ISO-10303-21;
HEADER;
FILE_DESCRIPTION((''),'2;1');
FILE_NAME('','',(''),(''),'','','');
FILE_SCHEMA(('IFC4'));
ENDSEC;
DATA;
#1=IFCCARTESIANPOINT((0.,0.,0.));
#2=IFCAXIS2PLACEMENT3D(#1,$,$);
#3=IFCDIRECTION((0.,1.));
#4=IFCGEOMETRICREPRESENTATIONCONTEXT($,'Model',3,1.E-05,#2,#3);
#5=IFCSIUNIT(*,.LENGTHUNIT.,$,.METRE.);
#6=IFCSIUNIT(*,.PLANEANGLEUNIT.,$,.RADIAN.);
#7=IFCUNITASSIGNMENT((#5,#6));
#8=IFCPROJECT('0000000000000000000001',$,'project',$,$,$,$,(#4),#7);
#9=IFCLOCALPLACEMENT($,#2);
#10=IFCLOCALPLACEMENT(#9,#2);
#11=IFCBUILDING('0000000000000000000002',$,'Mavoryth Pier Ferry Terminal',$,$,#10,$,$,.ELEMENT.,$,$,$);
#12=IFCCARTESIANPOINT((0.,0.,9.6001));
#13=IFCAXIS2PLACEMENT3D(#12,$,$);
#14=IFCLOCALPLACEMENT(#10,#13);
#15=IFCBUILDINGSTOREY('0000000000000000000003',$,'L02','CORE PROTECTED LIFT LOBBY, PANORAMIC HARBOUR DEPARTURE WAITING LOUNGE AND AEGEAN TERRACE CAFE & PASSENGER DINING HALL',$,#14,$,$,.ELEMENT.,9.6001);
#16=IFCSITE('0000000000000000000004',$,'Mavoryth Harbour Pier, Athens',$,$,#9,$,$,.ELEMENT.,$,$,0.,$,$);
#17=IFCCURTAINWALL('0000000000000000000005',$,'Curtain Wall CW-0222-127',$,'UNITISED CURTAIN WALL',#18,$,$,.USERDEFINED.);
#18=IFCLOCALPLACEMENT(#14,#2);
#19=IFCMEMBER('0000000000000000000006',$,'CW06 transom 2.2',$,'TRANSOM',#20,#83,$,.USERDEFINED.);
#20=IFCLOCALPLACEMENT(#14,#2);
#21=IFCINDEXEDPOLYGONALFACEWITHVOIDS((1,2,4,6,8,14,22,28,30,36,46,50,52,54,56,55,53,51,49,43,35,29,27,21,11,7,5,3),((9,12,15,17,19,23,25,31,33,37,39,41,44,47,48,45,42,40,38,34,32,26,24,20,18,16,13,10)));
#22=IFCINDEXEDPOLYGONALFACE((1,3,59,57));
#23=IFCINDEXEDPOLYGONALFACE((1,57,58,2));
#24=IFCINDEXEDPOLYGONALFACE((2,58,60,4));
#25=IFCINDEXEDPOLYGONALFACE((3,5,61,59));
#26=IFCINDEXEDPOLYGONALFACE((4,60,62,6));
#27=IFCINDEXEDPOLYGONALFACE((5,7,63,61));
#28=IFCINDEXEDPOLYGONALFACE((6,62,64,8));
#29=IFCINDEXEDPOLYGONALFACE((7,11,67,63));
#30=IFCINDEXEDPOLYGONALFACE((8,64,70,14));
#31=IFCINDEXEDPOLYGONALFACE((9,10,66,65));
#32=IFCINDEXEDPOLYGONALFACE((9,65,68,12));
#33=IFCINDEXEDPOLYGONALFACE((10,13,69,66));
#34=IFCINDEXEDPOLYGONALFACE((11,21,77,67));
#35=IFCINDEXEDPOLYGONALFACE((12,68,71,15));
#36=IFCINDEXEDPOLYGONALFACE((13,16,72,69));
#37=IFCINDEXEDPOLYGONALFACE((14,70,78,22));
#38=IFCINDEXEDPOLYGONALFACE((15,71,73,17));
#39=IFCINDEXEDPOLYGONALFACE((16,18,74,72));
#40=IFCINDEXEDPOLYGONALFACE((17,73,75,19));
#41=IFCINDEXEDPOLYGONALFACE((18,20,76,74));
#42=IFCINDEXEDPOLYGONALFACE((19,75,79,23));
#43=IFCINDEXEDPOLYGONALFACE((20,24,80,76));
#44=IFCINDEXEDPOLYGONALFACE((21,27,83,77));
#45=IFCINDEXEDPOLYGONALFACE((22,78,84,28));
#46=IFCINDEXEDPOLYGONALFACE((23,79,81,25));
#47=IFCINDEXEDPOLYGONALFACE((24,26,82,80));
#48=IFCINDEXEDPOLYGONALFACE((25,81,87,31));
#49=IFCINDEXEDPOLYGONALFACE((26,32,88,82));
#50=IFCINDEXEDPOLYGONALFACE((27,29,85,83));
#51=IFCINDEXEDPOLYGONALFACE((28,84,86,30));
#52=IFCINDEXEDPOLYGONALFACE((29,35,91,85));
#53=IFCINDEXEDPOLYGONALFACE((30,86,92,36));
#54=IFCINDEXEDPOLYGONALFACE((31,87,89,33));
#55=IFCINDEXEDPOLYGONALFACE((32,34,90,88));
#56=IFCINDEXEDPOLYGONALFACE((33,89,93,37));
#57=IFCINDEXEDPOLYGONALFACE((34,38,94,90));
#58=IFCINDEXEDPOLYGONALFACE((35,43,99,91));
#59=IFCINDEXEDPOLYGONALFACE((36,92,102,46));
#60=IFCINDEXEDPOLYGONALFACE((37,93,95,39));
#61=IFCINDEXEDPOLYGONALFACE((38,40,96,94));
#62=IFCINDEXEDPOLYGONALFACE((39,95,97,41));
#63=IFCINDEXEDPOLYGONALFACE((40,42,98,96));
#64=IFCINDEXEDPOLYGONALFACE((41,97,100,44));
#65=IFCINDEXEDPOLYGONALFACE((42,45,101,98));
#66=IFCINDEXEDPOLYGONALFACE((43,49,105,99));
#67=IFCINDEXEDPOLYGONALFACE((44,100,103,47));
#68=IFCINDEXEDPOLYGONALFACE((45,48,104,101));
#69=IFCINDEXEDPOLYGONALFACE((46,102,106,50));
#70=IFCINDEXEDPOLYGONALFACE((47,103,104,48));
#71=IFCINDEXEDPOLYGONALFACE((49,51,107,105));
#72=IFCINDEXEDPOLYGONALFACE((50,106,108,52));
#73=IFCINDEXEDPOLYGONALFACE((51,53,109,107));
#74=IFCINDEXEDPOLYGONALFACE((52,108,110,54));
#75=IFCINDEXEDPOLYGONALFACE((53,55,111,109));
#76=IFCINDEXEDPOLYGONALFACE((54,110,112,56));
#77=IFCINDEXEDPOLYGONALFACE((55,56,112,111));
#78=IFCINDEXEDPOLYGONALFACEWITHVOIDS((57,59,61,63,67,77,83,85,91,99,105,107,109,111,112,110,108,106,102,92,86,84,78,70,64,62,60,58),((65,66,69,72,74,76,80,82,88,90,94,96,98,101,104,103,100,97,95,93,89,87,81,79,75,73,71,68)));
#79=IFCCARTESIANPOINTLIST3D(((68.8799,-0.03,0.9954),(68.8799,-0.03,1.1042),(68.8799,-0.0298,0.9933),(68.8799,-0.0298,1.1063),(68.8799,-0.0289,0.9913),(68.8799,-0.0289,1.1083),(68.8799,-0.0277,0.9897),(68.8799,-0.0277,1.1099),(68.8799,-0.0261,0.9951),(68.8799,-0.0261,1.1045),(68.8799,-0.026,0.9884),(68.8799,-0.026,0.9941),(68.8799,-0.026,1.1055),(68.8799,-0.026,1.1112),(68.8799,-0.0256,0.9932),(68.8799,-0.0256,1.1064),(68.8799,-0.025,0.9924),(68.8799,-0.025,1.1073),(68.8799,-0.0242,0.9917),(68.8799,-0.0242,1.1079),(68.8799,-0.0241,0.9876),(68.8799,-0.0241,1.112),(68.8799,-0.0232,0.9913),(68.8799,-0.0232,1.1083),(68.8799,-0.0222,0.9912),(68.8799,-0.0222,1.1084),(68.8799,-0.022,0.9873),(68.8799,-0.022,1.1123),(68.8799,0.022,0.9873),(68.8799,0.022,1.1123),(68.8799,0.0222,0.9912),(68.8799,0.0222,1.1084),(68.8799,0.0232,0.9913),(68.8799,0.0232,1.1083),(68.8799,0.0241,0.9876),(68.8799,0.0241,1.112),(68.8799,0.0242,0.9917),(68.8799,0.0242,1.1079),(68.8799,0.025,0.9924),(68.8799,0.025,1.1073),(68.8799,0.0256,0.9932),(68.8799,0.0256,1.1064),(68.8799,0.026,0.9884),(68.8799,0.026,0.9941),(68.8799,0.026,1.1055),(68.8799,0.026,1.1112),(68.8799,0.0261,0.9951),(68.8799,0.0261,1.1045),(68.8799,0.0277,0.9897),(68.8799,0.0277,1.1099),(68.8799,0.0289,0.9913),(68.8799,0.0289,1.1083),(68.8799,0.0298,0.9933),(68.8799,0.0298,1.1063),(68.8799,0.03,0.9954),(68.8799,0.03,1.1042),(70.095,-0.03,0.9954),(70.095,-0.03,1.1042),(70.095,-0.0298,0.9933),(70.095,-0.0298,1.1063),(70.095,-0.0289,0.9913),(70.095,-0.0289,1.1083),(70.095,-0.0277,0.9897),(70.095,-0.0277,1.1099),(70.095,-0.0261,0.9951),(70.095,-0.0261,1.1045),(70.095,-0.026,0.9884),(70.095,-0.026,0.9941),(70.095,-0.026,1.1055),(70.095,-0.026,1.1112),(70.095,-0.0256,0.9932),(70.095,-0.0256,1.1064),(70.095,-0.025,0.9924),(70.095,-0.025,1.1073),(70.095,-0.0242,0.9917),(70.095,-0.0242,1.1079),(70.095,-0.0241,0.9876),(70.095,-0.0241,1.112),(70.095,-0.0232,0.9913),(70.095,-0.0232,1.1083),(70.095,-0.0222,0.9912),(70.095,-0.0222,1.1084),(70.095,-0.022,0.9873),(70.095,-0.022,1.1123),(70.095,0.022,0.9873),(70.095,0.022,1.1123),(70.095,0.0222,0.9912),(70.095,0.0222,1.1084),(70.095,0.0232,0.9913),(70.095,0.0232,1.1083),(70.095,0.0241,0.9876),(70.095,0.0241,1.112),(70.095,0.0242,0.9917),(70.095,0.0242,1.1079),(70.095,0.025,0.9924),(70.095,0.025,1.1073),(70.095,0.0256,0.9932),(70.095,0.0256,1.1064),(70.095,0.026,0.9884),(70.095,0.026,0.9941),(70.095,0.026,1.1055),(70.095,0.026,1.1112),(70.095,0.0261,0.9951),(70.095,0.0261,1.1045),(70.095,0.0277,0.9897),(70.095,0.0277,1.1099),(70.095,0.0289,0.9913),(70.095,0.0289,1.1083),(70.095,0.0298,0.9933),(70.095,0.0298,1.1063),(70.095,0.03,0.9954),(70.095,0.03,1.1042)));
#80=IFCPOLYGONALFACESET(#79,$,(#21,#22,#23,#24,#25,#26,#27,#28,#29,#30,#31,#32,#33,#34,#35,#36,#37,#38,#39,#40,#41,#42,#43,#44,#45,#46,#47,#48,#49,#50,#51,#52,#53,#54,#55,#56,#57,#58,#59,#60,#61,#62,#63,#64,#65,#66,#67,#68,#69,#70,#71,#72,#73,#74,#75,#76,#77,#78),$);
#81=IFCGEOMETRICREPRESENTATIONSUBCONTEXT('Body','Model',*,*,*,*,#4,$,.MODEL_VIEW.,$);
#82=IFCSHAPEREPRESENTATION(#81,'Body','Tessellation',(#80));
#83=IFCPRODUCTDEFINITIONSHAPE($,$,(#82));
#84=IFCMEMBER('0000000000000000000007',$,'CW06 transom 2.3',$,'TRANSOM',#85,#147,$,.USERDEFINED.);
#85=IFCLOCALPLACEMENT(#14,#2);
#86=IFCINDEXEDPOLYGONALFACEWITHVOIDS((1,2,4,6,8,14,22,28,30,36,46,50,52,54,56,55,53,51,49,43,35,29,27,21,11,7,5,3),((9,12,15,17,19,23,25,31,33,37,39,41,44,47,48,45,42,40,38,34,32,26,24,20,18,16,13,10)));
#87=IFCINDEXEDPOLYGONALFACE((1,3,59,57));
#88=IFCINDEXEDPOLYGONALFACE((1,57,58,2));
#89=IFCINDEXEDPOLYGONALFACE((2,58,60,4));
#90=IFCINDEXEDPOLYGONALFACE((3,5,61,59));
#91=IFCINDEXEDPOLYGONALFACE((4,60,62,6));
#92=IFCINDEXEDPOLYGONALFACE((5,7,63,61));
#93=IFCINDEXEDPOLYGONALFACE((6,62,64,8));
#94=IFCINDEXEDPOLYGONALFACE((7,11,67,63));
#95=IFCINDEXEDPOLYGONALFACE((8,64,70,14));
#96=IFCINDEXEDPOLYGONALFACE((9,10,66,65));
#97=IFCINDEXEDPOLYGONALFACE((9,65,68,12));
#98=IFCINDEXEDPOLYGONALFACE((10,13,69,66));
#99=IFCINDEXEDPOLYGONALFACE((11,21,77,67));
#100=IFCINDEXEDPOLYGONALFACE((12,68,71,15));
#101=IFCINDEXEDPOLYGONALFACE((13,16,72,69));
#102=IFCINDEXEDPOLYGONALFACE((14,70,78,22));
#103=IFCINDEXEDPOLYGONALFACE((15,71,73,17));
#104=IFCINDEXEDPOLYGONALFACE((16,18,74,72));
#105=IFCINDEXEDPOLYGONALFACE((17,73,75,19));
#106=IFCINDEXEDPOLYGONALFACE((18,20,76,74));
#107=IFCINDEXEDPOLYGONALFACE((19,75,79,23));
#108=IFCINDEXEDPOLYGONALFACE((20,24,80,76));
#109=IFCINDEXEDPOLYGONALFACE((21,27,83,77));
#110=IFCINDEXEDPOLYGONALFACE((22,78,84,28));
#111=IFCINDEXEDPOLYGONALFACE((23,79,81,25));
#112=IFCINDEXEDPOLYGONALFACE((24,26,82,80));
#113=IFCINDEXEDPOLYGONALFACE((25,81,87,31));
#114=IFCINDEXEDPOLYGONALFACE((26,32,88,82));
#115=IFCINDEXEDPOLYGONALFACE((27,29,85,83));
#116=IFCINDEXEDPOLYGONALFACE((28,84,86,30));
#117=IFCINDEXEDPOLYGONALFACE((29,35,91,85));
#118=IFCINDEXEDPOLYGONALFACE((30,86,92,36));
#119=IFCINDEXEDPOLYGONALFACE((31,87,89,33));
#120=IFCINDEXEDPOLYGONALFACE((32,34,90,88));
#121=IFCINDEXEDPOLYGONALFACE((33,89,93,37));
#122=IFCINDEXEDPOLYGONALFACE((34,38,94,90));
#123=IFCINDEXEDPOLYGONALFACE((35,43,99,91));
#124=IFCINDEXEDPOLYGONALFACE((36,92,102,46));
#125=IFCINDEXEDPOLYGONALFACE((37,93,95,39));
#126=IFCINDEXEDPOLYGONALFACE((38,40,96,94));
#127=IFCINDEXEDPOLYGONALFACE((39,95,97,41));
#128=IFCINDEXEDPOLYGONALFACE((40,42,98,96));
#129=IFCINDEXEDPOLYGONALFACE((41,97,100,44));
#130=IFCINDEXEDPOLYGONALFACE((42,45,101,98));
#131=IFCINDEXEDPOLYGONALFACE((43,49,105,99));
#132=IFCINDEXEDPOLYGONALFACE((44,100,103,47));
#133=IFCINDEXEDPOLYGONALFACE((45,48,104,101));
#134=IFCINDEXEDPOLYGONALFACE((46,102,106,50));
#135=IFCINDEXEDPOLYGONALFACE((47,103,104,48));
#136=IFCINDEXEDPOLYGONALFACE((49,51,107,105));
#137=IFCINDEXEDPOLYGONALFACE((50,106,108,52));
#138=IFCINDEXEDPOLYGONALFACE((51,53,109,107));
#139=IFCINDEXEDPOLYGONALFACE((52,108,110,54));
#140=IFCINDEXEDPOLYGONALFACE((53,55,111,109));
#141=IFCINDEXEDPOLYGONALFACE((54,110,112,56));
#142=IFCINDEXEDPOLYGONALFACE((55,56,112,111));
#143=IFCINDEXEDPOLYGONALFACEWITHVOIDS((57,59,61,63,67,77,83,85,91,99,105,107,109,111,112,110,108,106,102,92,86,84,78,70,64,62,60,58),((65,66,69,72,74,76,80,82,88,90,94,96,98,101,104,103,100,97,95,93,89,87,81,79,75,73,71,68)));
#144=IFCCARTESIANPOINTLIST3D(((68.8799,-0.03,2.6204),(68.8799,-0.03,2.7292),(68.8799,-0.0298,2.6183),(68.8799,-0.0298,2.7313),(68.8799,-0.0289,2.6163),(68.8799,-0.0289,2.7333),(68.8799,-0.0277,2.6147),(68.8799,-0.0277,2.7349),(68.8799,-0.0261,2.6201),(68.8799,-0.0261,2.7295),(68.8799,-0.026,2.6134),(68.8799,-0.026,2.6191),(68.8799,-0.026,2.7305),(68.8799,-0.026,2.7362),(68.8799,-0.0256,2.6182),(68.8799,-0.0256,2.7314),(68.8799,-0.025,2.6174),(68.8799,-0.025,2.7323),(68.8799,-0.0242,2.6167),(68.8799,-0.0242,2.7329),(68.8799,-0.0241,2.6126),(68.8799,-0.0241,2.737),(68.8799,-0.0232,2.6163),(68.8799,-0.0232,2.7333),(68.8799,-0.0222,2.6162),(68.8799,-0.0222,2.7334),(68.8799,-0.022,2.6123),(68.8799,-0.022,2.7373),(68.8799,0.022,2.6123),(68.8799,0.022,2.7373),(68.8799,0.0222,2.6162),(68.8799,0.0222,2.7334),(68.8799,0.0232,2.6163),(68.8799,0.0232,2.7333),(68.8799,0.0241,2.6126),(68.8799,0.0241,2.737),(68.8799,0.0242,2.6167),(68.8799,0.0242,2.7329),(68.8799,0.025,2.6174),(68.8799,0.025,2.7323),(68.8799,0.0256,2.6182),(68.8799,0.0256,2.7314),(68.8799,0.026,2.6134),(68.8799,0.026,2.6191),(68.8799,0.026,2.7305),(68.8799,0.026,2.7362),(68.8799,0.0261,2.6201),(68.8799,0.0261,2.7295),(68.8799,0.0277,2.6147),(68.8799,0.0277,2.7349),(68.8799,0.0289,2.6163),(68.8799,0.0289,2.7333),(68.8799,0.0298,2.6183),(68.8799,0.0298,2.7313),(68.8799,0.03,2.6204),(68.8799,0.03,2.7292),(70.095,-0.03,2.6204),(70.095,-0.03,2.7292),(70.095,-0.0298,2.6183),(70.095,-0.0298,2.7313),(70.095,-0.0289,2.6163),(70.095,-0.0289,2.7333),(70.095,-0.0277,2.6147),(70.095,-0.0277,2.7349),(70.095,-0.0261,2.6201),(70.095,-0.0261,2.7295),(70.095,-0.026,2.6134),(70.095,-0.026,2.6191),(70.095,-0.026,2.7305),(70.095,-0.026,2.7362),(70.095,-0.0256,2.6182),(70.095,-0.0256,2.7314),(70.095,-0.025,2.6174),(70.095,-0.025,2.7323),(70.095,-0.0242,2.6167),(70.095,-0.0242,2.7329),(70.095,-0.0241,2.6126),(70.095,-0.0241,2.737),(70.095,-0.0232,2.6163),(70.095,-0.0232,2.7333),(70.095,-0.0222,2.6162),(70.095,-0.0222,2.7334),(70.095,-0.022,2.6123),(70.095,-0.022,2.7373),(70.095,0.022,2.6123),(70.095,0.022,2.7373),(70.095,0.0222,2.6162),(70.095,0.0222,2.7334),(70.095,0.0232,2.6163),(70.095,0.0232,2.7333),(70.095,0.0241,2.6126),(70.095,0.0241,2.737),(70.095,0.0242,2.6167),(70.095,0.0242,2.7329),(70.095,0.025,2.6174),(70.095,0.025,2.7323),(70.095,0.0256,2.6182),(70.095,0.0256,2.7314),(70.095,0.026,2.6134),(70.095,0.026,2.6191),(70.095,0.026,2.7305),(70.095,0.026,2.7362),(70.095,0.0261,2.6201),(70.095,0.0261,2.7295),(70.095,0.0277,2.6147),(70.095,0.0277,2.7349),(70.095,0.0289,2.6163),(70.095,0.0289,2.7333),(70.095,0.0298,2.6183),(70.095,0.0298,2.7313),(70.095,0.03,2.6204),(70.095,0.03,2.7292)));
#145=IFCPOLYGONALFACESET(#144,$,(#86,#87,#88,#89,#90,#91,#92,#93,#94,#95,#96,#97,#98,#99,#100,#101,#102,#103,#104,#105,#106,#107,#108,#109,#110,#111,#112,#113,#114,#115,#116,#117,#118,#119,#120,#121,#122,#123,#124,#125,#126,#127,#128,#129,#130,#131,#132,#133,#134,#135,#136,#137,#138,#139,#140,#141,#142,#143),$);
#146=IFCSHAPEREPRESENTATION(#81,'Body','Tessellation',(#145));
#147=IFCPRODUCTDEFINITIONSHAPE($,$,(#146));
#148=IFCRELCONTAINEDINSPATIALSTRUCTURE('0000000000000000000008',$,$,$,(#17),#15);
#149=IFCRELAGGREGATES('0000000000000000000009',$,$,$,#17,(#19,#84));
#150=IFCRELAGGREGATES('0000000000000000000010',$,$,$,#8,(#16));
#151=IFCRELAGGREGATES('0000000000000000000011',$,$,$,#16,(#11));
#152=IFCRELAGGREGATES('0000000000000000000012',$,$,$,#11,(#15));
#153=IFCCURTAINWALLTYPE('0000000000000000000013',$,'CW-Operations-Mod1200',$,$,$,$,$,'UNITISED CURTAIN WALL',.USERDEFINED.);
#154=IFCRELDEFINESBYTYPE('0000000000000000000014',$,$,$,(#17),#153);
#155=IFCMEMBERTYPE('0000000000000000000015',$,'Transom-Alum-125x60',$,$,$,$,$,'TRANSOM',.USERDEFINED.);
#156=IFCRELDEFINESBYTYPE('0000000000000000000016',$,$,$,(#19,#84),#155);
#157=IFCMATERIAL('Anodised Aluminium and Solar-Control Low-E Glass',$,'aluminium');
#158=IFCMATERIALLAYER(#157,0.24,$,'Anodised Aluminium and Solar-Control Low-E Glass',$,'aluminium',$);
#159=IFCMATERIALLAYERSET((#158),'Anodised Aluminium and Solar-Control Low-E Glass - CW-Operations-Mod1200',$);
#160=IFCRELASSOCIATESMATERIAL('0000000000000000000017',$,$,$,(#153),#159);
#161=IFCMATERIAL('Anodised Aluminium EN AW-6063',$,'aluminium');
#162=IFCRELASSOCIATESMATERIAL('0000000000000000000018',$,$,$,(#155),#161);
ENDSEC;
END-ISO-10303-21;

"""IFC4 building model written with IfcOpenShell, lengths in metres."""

from ifc_helpers import new_model, si_unit, direction, frame, origin, origin_2d, place, context, subcontext, project, spatial, hollow_rectangle, extrude, material, layer, layer_set, material_profile, profile_set, type_object, element, aggregate, save


model = new_model("IFC4")

# Units and contexts
model_context = context("Model", 3, precision=1e-05, world=origin(), true_north=direction((0.0, 1.0)))
body_context = subcontext(model_context, "Body", "Model", "MODEL_VIEW")
ifc_project = project(units=[si_unit("LENGTHUNIT", "METRE"), si_unit("PLANEANGLEUNIT", "RADIAN")], contexts=[model_context])

# Site, building, storey
site_placement = place(None, origin())
site = spatial("IfcSite", under=ifc_project, at=site_placement, Name="Mavoryth Harbour Pier, Athens", CompositionType="ELEMENT", RefElevation=0.0)
building_placement = place(site_placement, origin())
building = spatial("IfcBuilding", under=site, at=building_placement, Name="Mavoryth Pier Ferry Terminal", CompositionType="ELEMENT")
storey_placement = place(building_placement, frame((0.0, 0.0, 9.6001)))
storey = spatial("IfcBuildingStorey", under=building, at=storey_placement, Name="L02", Description="CORE PROTECTED LIFT LOBBY, PANORAMIC HARBOUR DEPARTURE WAITING LOUNGE AND AEGEAN TERRACE CAFE & PASSENGER DINING HALL", CompositionType="ELEMENT", Elevation=9.6001)

# Shared definitions
ifc_material_1 = material(Name="Anodised Aluminium and Solar-Control Low-E Glass", Category="aluminium")
ifc_layer_1 = layer(ifc_material_1, 0.24, Name="Anodised Aluminium and Solar-Control Low-E Glass", Category="aluminium")
ifc_layer_set_1 = layer_set([ifc_layer_1], Name="Anodised Aluminium and Solar-Control Low-E Glass - CW-Operations-Mod1200")
curtain_wall_type = type_object("IfcCurtainWallType", Name="CW-Operations-Mod1200", ElementType="UNITISED CURTAIN WALL", PredefinedType="USERDEFINED", material=ifc_layer_set_1)
ifc_material_2 = material(Name="Anodised Aluminium EN AW-6063", Category="aluminium")

# Curtain wall
curtain_wall_1_placement = place(storey_placement, origin())
curtain_wall_1 = element("IfcCurtainWall", 1, at=curtain_wall_1_placement, inside=storey, type_object=curtain_wall_type, Name="Curtain Wall CW-0222-127", ObjectType="UNITISED CURTAIN WALL", PredefinedType="USERDEFINED")

# Members
ifc_material_profile_1 = material_profile(ifc_material_2, hollow_rectangle(XDim=0.0601, YDim=0.125, WallThickness=0.0039, InnerFilletRadius=0.0039, OuterFilletRadius=0.0081, at=origin_2d()), Name="AL-TRAN 125x60x4", Category="aluminium")
ifc_profile_set_1 = profile_set([ifc_material_profile_1], Name="Anodised Aluminium EN AW-6063 - AL-TRAN 125x60x4")
member_type_1 = type_object("IfcMemberType", Name="Transom-Alum-125x60", ElementType="TRANSOM", PredefinedType="USERDEFINED", material=ifc_profile_set_1)
member_1_placement = place(storey_placement, frame((68.8799, 0.0, 1.0498), z_axis=(1.0, 0.0, 0.0), x_axis=(0.0, 1.0, 0.0)))
member_1 = element("IfcMember", 2, at=member_1_placement, type_object=member_type_1, Name="CW06 transom 2.2", ObjectType="TRANSOM", PredefinedType="USERDEFINED", context=body_context, shape_type="SweptSolid", body=[
    extrude(hollow_rectangle(XDim=0.0601, YDim=0.125, WallThickness=0.0039, InnerFilletRadius=0.0039, OuterFilletRadius=0.0081, at=origin_2d()), origin(), (0.0, 0.0, 1.0), 1.2151),
])
member_2_placement = place(storey_placement, frame((68.8799, 0.0, 2.6748), z_axis=(1.0, 0.0, 0.0), x_axis=(0.0, 1.0, 0.0)))
member_2 = element("IfcMember", 3, at=member_2_placement, type_object=member_type_1, Name="CW06 transom 2.3", ObjectType="TRANSOM", PredefinedType="USERDEFINED", context=body_context, shape_type="SweptSolid", body=[
    extrude(hollow_rectangle(XDim=0.0601, YDim=0.125, WallThickness=0.0039, InnerFilletRadius=0.0039, OuterFilletRadius=0.0081, at=origin_2d()), origin(), (0.0, 0.0, 1.0), 1.2151),
])

aggregate(curtain_wall_1, [member_1, member_2])

save(model, "model.ifc")
